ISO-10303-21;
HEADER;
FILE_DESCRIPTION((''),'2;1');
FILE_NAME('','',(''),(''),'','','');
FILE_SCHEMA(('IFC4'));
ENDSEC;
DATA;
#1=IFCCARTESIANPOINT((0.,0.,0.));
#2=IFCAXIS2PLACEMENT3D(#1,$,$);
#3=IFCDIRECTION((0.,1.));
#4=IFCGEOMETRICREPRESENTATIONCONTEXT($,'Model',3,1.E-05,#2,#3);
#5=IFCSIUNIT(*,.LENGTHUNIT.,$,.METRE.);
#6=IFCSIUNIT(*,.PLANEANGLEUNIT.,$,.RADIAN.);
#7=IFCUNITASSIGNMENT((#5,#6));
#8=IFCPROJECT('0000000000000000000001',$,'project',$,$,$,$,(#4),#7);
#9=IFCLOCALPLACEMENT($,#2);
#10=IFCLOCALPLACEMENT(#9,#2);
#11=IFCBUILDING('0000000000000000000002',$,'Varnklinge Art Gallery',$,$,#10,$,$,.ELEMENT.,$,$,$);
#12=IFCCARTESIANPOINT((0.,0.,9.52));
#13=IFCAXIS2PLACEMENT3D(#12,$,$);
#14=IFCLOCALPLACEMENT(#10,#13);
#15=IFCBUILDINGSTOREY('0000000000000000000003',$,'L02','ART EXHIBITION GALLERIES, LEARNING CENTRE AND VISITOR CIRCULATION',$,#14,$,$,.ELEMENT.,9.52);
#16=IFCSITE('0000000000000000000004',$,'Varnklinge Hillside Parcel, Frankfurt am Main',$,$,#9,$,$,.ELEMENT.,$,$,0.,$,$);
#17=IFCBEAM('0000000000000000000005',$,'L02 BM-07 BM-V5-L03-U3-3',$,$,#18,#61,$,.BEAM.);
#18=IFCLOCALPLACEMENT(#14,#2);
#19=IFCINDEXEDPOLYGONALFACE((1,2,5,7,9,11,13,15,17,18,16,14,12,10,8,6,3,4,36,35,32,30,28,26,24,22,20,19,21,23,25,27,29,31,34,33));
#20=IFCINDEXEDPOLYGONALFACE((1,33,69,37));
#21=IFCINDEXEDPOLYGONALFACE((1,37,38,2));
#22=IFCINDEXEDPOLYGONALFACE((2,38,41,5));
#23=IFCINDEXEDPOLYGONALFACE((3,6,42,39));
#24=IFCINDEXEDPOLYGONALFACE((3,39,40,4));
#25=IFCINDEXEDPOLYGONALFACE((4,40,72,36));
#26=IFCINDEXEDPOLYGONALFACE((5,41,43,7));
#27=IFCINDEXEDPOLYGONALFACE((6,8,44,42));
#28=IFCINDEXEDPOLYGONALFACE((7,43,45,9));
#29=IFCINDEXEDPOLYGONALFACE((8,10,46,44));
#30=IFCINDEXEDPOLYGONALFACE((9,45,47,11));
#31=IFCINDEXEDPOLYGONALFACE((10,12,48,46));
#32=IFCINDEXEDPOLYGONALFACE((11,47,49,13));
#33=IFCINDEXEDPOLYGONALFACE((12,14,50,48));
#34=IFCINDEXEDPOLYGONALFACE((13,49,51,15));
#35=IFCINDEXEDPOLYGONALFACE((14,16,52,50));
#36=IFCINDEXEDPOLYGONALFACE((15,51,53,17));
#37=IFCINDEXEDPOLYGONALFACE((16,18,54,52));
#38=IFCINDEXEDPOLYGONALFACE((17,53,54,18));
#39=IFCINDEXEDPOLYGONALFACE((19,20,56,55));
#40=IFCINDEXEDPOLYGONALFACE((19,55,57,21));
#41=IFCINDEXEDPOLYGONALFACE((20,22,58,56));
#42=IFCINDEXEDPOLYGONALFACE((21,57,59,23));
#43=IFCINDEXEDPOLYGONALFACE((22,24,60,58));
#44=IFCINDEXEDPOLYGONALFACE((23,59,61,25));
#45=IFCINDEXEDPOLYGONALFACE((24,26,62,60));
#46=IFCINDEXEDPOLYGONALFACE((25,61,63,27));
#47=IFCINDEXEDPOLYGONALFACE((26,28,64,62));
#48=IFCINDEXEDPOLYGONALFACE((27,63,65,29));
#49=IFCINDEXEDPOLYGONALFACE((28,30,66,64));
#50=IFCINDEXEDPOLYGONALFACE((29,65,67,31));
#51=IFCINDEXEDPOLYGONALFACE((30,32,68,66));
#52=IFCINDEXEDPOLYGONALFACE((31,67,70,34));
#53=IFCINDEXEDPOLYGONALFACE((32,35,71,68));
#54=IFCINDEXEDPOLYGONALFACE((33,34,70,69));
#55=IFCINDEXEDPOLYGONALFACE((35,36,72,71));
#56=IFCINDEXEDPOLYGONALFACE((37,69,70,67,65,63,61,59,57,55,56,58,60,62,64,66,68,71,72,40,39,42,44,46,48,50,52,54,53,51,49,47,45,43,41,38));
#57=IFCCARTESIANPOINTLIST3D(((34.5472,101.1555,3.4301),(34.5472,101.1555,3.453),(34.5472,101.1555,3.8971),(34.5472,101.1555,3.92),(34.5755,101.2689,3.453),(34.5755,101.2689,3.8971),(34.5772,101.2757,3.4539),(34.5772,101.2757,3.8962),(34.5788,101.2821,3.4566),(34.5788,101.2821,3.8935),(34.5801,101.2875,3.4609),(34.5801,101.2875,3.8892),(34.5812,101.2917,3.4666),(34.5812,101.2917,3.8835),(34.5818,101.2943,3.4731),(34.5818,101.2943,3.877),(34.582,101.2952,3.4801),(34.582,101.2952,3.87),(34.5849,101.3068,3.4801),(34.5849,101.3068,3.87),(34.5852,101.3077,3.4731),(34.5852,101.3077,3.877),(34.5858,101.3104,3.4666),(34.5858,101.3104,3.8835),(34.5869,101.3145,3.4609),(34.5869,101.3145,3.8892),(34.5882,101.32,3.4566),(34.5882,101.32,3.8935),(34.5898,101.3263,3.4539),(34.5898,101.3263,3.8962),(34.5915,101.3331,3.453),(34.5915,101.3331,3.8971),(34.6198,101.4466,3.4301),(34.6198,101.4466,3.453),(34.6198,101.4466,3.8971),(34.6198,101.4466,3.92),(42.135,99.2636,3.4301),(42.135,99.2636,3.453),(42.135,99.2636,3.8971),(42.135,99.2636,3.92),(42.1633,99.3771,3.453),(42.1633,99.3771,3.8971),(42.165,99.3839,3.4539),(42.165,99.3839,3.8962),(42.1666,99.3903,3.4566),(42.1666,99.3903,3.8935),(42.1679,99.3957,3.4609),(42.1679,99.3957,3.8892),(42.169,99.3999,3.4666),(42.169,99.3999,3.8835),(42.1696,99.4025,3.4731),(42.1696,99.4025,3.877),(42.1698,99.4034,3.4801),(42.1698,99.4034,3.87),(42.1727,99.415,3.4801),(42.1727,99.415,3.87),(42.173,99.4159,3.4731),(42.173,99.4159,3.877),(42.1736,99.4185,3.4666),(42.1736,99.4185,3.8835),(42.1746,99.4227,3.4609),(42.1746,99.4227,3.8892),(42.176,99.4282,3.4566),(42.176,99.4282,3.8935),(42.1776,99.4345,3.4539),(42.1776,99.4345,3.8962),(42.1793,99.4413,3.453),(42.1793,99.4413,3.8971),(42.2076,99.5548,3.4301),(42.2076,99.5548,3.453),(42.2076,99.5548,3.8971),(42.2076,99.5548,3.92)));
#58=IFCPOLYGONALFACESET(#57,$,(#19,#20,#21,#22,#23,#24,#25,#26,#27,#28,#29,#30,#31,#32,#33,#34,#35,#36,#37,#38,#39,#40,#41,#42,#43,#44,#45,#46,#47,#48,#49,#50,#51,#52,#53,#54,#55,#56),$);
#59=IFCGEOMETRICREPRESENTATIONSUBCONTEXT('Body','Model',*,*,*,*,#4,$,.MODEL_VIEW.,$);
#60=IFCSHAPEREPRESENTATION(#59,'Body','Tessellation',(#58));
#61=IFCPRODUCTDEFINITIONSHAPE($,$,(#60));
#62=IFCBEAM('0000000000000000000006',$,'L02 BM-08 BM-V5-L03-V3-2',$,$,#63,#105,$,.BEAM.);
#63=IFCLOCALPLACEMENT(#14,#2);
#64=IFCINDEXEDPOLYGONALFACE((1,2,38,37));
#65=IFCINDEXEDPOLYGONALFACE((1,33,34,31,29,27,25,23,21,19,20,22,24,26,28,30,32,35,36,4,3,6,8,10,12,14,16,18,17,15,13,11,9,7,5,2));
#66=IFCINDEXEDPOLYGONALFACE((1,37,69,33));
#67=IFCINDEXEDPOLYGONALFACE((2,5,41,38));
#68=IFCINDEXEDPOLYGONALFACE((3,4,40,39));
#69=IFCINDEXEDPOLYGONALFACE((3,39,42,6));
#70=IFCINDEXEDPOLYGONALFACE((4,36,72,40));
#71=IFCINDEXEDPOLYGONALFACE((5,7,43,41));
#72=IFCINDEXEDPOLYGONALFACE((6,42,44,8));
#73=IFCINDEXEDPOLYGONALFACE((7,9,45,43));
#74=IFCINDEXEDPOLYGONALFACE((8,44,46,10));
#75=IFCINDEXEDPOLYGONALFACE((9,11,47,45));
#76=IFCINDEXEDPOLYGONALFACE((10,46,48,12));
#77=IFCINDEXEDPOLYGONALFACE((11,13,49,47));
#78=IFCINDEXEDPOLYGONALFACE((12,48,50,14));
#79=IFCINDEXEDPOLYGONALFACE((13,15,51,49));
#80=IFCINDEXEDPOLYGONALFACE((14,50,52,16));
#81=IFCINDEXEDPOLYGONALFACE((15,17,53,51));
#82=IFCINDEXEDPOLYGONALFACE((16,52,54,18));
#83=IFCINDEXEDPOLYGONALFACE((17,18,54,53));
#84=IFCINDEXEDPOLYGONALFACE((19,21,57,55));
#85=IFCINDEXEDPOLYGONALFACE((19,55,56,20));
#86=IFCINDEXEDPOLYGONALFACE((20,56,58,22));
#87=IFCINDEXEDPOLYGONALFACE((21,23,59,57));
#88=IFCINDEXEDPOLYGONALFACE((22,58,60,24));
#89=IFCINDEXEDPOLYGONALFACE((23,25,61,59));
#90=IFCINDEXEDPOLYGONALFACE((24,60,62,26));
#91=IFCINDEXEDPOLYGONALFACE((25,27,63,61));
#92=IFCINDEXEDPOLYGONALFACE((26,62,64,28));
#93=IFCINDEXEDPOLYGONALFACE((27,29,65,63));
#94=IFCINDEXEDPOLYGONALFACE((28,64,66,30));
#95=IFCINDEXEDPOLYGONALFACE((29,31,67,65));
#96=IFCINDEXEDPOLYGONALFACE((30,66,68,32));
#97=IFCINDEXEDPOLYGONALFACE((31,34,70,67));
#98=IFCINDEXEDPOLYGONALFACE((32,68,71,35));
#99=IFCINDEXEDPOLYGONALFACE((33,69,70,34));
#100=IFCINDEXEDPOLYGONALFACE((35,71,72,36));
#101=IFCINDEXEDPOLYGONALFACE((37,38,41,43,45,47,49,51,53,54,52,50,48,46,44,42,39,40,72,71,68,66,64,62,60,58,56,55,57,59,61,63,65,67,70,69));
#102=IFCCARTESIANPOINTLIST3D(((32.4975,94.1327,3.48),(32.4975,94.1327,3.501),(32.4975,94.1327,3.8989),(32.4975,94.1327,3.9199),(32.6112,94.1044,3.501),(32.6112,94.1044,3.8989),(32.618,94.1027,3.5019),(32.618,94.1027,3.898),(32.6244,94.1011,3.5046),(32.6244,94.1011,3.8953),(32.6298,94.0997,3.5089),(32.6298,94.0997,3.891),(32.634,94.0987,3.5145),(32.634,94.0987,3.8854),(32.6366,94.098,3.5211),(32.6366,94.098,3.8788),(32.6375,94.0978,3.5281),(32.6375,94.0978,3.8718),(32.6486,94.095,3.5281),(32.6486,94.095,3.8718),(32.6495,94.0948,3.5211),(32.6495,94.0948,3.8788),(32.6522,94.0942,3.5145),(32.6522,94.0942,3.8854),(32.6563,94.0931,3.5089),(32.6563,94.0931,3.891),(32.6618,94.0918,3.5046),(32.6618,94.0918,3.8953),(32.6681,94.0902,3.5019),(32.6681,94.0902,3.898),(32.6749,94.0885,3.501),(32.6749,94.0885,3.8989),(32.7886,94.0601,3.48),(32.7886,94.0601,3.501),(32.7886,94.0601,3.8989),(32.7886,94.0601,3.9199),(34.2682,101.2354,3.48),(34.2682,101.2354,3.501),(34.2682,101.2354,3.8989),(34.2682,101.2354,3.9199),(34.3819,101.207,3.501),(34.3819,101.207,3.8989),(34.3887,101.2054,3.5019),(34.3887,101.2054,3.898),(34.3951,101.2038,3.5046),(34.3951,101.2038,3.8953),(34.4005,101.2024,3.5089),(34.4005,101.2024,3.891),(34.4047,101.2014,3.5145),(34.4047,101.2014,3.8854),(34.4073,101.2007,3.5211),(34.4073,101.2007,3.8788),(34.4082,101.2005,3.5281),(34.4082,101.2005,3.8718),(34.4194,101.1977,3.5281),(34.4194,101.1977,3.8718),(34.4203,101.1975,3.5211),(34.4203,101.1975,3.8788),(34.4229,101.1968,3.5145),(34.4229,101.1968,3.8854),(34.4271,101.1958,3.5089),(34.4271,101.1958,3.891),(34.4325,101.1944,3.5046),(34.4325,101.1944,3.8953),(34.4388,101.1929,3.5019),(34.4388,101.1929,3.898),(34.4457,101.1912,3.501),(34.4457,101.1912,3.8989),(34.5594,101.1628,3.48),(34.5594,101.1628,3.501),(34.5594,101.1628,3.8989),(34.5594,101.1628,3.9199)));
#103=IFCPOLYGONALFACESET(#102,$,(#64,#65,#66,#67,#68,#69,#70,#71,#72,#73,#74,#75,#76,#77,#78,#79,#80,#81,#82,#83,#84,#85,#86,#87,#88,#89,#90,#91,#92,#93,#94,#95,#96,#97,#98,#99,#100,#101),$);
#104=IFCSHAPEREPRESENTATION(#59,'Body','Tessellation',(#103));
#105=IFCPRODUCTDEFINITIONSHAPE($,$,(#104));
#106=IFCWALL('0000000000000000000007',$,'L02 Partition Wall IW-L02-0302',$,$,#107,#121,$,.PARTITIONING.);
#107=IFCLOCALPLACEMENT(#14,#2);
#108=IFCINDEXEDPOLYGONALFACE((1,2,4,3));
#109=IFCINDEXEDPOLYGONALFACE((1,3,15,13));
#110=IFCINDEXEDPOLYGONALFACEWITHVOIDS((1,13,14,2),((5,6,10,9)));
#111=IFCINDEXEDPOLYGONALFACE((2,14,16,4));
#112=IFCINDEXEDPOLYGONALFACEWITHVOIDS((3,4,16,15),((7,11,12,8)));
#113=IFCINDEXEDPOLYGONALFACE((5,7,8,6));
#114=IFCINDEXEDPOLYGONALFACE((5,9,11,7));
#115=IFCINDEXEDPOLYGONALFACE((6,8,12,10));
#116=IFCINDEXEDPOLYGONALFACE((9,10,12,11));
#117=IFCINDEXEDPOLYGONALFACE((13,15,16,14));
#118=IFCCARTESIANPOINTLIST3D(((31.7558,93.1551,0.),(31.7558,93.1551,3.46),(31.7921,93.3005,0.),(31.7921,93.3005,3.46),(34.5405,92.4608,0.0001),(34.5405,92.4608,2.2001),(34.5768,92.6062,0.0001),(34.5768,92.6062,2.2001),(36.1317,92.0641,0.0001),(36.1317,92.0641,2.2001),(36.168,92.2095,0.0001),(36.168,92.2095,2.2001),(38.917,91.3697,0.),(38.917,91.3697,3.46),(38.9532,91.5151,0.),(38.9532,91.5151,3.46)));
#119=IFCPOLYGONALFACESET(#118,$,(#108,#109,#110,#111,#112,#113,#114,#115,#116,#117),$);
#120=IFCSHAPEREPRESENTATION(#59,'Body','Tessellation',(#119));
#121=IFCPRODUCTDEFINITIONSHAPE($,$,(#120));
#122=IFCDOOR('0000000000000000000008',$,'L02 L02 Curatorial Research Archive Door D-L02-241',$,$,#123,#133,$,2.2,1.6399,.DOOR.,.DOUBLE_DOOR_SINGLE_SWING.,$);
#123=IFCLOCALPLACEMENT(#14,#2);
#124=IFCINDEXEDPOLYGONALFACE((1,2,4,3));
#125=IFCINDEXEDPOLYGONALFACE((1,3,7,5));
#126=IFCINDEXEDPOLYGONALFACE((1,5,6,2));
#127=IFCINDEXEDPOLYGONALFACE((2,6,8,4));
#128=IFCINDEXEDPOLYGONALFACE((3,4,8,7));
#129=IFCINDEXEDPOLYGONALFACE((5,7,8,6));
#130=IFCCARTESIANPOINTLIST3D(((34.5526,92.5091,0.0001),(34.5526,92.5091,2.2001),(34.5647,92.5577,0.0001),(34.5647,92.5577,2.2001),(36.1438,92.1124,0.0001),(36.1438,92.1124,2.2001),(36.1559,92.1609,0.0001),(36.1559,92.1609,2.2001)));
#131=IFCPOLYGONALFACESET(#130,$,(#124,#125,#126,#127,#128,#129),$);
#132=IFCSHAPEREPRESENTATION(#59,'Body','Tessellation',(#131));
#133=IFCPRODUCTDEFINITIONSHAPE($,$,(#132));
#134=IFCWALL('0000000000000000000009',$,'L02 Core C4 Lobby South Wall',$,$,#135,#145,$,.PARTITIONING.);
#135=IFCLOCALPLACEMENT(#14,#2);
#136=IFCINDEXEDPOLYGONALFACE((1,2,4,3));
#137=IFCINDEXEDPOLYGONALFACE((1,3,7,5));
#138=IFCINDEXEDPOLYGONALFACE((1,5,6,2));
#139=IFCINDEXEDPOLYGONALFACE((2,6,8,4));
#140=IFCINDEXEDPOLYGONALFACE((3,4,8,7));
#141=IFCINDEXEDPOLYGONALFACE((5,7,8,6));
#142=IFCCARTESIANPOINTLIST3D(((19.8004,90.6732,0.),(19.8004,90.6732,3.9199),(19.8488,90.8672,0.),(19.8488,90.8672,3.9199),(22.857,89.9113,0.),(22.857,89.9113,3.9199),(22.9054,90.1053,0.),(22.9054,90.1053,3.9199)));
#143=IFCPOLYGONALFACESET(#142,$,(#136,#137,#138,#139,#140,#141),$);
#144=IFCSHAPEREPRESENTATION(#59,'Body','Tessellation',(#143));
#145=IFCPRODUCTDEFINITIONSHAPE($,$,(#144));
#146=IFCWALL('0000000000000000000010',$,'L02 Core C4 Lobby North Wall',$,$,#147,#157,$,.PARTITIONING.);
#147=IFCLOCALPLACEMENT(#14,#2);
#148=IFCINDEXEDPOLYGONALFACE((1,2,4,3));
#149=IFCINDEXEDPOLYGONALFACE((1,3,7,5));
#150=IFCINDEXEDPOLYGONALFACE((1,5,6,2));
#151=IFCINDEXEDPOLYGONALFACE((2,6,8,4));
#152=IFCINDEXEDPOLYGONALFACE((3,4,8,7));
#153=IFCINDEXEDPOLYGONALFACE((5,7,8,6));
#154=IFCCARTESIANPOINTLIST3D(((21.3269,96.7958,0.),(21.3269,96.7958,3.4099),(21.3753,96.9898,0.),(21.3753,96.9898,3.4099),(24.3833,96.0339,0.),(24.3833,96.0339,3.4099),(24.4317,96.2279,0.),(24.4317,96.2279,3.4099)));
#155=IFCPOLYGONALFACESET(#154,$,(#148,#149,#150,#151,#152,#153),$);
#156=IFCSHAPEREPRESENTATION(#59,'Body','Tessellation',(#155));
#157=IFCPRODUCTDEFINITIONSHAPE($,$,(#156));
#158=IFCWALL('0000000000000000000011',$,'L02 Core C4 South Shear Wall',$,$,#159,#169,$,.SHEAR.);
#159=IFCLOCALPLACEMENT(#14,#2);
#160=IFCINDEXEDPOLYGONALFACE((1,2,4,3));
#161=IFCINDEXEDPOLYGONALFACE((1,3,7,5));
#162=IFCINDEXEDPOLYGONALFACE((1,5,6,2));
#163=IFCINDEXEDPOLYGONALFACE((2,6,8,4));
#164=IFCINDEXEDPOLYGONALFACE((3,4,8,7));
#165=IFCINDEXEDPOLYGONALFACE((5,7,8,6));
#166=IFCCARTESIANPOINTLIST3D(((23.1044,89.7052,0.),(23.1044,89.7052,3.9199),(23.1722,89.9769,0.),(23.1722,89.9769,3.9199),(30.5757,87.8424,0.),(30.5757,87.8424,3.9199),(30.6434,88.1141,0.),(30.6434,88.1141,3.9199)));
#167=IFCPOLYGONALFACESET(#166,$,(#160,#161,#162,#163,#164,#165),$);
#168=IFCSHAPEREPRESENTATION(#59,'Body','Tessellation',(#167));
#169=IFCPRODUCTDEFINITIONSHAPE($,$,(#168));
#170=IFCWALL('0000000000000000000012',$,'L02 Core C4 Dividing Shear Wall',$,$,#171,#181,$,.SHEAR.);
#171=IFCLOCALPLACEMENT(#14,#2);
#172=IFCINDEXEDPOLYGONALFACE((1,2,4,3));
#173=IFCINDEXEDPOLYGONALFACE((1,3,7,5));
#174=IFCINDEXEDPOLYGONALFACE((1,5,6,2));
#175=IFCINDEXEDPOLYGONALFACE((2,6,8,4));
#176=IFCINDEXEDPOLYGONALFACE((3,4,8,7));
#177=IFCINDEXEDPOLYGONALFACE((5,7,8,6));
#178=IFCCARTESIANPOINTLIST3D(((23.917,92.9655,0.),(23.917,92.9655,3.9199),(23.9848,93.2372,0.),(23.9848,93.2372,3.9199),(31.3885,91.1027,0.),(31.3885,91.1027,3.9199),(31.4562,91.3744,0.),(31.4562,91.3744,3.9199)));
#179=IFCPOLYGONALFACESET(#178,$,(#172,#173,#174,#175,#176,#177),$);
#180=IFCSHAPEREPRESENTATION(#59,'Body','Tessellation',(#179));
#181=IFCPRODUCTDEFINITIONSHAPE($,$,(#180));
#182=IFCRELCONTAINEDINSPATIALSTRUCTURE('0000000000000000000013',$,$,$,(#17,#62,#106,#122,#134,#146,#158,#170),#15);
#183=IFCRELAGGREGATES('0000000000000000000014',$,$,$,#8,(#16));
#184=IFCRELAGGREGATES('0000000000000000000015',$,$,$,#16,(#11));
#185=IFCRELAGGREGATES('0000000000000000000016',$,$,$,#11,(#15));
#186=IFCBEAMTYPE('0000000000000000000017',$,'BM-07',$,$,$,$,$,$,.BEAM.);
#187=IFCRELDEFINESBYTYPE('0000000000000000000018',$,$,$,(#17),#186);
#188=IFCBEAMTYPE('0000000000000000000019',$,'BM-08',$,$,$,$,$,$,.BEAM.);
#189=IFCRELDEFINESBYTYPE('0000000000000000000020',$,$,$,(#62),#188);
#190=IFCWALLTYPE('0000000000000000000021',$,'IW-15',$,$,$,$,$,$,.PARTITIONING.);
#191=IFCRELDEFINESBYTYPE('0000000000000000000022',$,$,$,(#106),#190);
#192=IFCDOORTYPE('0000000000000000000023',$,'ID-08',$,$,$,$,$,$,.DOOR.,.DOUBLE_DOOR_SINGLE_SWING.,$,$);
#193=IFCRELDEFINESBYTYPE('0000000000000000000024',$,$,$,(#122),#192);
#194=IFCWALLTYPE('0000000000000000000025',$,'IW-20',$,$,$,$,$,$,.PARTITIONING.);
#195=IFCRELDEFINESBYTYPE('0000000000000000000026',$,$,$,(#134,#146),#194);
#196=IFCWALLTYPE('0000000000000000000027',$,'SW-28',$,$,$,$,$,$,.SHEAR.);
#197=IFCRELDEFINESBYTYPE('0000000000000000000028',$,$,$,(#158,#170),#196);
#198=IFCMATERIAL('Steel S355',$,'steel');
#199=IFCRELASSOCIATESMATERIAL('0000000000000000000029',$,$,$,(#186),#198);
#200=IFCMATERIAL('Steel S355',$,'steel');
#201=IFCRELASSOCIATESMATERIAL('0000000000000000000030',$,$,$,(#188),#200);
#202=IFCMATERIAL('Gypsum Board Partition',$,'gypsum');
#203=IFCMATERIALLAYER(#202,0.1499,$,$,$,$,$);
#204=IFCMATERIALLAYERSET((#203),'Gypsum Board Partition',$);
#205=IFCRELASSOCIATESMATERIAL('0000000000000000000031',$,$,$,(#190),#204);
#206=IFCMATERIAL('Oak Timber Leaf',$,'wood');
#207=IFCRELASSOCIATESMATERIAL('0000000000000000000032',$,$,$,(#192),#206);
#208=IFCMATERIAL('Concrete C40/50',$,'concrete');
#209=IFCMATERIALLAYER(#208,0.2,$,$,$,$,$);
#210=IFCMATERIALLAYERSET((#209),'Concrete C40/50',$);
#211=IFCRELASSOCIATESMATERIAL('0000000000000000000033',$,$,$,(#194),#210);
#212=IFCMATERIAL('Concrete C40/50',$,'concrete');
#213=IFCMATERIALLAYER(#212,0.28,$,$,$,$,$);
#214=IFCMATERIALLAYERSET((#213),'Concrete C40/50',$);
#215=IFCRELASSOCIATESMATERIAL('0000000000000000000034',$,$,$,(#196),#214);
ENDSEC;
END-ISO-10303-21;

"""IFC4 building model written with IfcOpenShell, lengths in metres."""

from ifc_helpers import new_model, si_unit, direction, frame, frame_2d, origin, origin_2d, place, context, subcontext, project, spatial, rectangle, i_section, extrude, material, layer, layer_set, material_profile, profile_set, type_object, element, fill, save


model = new_model("IFC4")

# Units and contexts
model_context = context("Model", 3, precision=1e-05, world=origin(), true_north=direction((0.0, 1.0)))
body_context = subcontext(model_context, "Body", "Model", "MODEL_VIEW")
ifc_project = project(units=[si_unit("LENGTHUNIT", "METRE"), si_unit("PLANEANGLEUNIT", "RADIAN")], contexts=[model_context])

# Site, building, storey
site_placement = place(None, origin())
site = spatial("IfcSite", under=ifc_project, at=site_placement, Name="Varnklinge Hillside Parcel, Frankfurt am Main", CompositionType="ELEMENT", RefElevation=0.0)
building_placement = place(site_placement, origin())
building = spatial("IfcBuilding", under=site, at=building_placement, Name="Varnklinge Art Gallery", CompositionType="ELEMENT")
storey_placement = place(building_placement, frame((0.0, 0.0, 9.52)))
storey = spatial("IfcBuildingStorey", under=building, at=storey_placement, Name="L02", Description="ART EXHIBITION GALLERIES, LEARNING CENTRE AND VISITOR CIRCULATION", CompositionType="ELEMENT", Elevation=9.52)

# Beams
ifc_material_1 = material(Name="Steel S355", Category="steel")
ifc_material_profile_1 = material_profile(ifc_material_1, i_section(OverallWidth=0.3, OverallDepth=0.49, WebThickness=0.012, FlangeThickness=0.0229, FilletRadius=0.0271, at=origin_2d()), Name="HEA 500")
ifc_profile_set_1 = profile_set([ifc_material_profile_1], Name="Steel S355")
beam_type_1 = type_object("IfcBeamType", Name="BM-07", PredefinedType="BEAM", material=ifc_profile_set_1)
beam_1_placement = place(storey_placement, frame((34.5835, 101.301, 3.675), z_axis=(0.970297, -0.241919, 0.0), x_axis=(0.241919, 0.970297, 0.0)))
element("IfcBeam", 1, at=beam_1_placement, inside=storey, type_object=beam_type_1, Name="L02 BM-07 BM-V5-L03-U3-3", PredefinedType="BEAM", context=body_context, shape_type="SweptSolid", body=[
    extrude(i_section(OverallWidth=0.3, OverallDepth=0.49, WebThickness=0.012, FlangeThickness=0.0229, FilletRadius=0.0271, at=origin_2d()), origin(), (0.0, 0.0, 1.0), 7.8201),
])
ifc_material_2 = material(Name="Steel S355", Category="steel")
ifc_material_profile_2 = material_profile(ifc_material_2, i_section(OverallWidth=0.3, OverallDepth=0.4399, WebThickness=0.0115, FlangeThickness=0.021, FilletRadius=0.0271, at=origin_2d()), Name="HEA 450")
ifc_profile_set_2 = profile_set([ifc_material_profile_2], Name="Steel S355")
beam_type_2 = type_object("IfcBeamType", Name="BM-08", PredefinedType="BEAM", material=ifc_profile_set_2)
beam_2_placement = place(storey_placement, frame((32.6431, 94.0964, 3.7), z_axis=(0.2419, 0.970301, 0.0), x_axis=(-0.970301, 0.2419, 0.0)))
element("IfcBeam", 2, at=beam_2_placement, inside=storey, type_object=beam_type_2, Name="L02 BM-08 BM-V5-L03-V3-2", PredefinedType="BEAM", context=body_context, shape_type="SweptSolid", body=[
    extrude(i_section(OverallWidth=0.3, OverallDepth=0.4399, WebThickness=0.0115, FlangeThickness=0.021, FilletRadius=0.0271, at=origin_2d()), origin(), (0.0, 0.0, 1.0), 7.3201),
])

# Wall, opening, door
ifc_material_3 = material(Name="Gypsum Board Partition", Category="gypsum")
ifc_layer_1 = layer(ifc_material_3, 0.1499)
ifc_layer_set_1 = layer_set([ifc_layer_1], Name="Gypsum Board Partition")
wall_type_1 = type_object("IfcWallType", Name="IW-15", PredefinedType="PARTITIONING", material=ifc_layer_set_1)
wall_1_placement = place(storey_placement, frame((31.7739, 93.2278, 0.0), z_axis=(0.0, 0.0, 1.0), x_axis=(0.970298, -0.241913, 0.0)))
wall_1 = element("IfcWall", 3, at=wall_1_placement, inside=storey, type_object=wall_type_1, Name="L02 Partition Wall IW-L02-0302", PredefinedType="PARTITIONING", context=body_context, shape_type="SweptSolid", body=[
    extrude(rectangle(XDim=7.3804, YDim=0.1499, at=frame_2d((3.6902, 0.0))), origin(), (0.0, 0.0, 1.0), 3.46),
])
opening_1_placement = place(wall_1_placement, frame((2.8701, 0.0, 0.0)))
opening_1 = element("IfcOpeningElement", 4, at=opening_1_placement, cuts=wall_1, PredefinedType="OPENING", context=body_context, shape_type="SweptSolid", body=[
    extrude(rectangle(XDim=1.6399, YDim=2.2, at=frame_2d((0.8198, 1.1001))), frame((0.0, 0.085, 0.0), z_axis=(0.0, -1.0, 0.0), x_axis=(1.0, 0.0, 0.0)), (0.0, 0.0, 1.0), 0.1699),
])
ifc_material_4 = material(Name="Oak Timber Leaf", Category="wood")
door_type_1 = type_object("IfcDoorType", Name="ID-08", OperationType="DOUBLE_DOOR_SINGLE_SWING", PredefinedType="DOOR", material=ifc_material_4)
door_1_placement = place(opening_1_placement, origin())
door_1 = element("IfcDoor", 5, at=door_1_placement, inside=storey, type_object=door_type_1, Name="L02 L02 Curatorial Research Archive Door D-L02-241", OperationType="DOUBLE_DOOR_SINGLE_SWING", OverallHeight=2.2, OverallWidth=1.6399, PredefinedType="DOOR", context=body_context, shape_type="SweptSolid", body=[
    extrude(rectangle(XDim=1.6399, YDim=2.2, at=frame_2d((0.8198, 1.1001))), frame((0.0, 0.0249, 0.0), z_axis=(0.0, -1.0, 0.0), x_axis=(1.0, 0.0, 0.0)), (0.0, 0.0, 1.0), 0.05),
])
fill(opening_1, door_1)

# Walls
ifc_material_5 = material(Name="Concrete C40/50", Category="concrete")
ifc_layer_2 = layer(ifc_material_5, 0.2)
ifc_layer_set_2 = layer_set([ifc_layer_2], Name="Concrete C40/50")
wall_type_2 = type_object("IfcWallType", Name="IW-20", PredefinedType="PARTITIONING", material=ifc_layer_set_2)
wall_2_placement = place(storey_placement, frame((19.8245, 90.7703, 0.0), z_axis=(0.0, 0.0, 1.0), x_axis=(0.970306, -0.241879, 0.0)))
element("IfcWall", 6, at=wall_2_placement, inside=storey, type_object=wall_type_2, Name="L02 Core C4 Lobby South Wall", PredefinedType="PARTITIONING", context=body_context, shape_type="SweptSolid", body=[
    extrude(rectangle(XDim=3.1501, YDim=0.2, at=frame_2d((1.5752, 0.0))), origin(), (0.0, 0.0, 1.0), 3.9199),
])
wall_3_placement = place(storey_placement, frame((24.4075, 96.1309, 0.0), z_axis=(0.0, 0.0, 1.0), x_axis=(-0.970302, 0.241897, 0.0)))
element("IfcWall", 7, at=wall_3_placement, inside=storey, type_object=wall_type_2, Name="L02 Core C4 Lobby North Wall", PredefinedType="PARTITIONING", context=body_context, shape_type="SweptSolid", body=[
    extrude(rectangle(XDim=3.1499, YDim=0.2, at=frame_2d((1.575, 0.0))), origin(), (0.0, 0.0, 1.0), 3.4099),
])

# Walls
ifc_material_6 = material(Name="Concrete C40/50", Category="concrete")
ifc_layer_3 = layer(ifc_material_6, 0.28)
ifc_layer_set_3 = layer_set([ifc_layer_3], Name="Concrete C40/50")
wall_type_3 = type_object("IfcWallType", Name="SW-28", PredefinedType="SHEAR", material=ifc_layer_set_3)
wall_4_placement = place(storey_placement, frame((23.1382, 89.8411, 0.0), z_axis=(0.0, 0.0, 1.0), x_axis=(0.970295, -0.241924, 0.0)))
element("IfcWall", 8, at=wall_4_placement, inside=storey, type_object=wall_type_3, Name="L02 Core C4 South Shear Wall", PredefinedType="SHEAR", context=body_context, shape_type="SweptSolid", body=[
    extrude(rectangle(XDim=7.7, YDim=0.28, at=frame_2d((3.8501, 0.0))), origin(), (0.0, 0.0, 1.0), 3.9199),
])
wall_5_placement = place(storey_placement, frame((31.4224, 91.2385, 0.0), z_axis=(0.0, 0.0, 1.0), x_axis=(-0.970297, 0.241916, 0.0)))
element("IfcWall", 9, at=wall_5_placement, inside=storey, type_object=wall_type_3, Name="L02 Core C4 Dividing Shear Wall", PredefinedType="SHEAR", context=body_context, shape_type="SweptSolid", body=[
    extrude(rectangle(XDim=7.7002, YDim=0.28, at=frame_2d((3.8501, 0.0))), origin(), (0.0, 0.0, 1.0), 3.9199),
])

save(model, "model.ifc")
